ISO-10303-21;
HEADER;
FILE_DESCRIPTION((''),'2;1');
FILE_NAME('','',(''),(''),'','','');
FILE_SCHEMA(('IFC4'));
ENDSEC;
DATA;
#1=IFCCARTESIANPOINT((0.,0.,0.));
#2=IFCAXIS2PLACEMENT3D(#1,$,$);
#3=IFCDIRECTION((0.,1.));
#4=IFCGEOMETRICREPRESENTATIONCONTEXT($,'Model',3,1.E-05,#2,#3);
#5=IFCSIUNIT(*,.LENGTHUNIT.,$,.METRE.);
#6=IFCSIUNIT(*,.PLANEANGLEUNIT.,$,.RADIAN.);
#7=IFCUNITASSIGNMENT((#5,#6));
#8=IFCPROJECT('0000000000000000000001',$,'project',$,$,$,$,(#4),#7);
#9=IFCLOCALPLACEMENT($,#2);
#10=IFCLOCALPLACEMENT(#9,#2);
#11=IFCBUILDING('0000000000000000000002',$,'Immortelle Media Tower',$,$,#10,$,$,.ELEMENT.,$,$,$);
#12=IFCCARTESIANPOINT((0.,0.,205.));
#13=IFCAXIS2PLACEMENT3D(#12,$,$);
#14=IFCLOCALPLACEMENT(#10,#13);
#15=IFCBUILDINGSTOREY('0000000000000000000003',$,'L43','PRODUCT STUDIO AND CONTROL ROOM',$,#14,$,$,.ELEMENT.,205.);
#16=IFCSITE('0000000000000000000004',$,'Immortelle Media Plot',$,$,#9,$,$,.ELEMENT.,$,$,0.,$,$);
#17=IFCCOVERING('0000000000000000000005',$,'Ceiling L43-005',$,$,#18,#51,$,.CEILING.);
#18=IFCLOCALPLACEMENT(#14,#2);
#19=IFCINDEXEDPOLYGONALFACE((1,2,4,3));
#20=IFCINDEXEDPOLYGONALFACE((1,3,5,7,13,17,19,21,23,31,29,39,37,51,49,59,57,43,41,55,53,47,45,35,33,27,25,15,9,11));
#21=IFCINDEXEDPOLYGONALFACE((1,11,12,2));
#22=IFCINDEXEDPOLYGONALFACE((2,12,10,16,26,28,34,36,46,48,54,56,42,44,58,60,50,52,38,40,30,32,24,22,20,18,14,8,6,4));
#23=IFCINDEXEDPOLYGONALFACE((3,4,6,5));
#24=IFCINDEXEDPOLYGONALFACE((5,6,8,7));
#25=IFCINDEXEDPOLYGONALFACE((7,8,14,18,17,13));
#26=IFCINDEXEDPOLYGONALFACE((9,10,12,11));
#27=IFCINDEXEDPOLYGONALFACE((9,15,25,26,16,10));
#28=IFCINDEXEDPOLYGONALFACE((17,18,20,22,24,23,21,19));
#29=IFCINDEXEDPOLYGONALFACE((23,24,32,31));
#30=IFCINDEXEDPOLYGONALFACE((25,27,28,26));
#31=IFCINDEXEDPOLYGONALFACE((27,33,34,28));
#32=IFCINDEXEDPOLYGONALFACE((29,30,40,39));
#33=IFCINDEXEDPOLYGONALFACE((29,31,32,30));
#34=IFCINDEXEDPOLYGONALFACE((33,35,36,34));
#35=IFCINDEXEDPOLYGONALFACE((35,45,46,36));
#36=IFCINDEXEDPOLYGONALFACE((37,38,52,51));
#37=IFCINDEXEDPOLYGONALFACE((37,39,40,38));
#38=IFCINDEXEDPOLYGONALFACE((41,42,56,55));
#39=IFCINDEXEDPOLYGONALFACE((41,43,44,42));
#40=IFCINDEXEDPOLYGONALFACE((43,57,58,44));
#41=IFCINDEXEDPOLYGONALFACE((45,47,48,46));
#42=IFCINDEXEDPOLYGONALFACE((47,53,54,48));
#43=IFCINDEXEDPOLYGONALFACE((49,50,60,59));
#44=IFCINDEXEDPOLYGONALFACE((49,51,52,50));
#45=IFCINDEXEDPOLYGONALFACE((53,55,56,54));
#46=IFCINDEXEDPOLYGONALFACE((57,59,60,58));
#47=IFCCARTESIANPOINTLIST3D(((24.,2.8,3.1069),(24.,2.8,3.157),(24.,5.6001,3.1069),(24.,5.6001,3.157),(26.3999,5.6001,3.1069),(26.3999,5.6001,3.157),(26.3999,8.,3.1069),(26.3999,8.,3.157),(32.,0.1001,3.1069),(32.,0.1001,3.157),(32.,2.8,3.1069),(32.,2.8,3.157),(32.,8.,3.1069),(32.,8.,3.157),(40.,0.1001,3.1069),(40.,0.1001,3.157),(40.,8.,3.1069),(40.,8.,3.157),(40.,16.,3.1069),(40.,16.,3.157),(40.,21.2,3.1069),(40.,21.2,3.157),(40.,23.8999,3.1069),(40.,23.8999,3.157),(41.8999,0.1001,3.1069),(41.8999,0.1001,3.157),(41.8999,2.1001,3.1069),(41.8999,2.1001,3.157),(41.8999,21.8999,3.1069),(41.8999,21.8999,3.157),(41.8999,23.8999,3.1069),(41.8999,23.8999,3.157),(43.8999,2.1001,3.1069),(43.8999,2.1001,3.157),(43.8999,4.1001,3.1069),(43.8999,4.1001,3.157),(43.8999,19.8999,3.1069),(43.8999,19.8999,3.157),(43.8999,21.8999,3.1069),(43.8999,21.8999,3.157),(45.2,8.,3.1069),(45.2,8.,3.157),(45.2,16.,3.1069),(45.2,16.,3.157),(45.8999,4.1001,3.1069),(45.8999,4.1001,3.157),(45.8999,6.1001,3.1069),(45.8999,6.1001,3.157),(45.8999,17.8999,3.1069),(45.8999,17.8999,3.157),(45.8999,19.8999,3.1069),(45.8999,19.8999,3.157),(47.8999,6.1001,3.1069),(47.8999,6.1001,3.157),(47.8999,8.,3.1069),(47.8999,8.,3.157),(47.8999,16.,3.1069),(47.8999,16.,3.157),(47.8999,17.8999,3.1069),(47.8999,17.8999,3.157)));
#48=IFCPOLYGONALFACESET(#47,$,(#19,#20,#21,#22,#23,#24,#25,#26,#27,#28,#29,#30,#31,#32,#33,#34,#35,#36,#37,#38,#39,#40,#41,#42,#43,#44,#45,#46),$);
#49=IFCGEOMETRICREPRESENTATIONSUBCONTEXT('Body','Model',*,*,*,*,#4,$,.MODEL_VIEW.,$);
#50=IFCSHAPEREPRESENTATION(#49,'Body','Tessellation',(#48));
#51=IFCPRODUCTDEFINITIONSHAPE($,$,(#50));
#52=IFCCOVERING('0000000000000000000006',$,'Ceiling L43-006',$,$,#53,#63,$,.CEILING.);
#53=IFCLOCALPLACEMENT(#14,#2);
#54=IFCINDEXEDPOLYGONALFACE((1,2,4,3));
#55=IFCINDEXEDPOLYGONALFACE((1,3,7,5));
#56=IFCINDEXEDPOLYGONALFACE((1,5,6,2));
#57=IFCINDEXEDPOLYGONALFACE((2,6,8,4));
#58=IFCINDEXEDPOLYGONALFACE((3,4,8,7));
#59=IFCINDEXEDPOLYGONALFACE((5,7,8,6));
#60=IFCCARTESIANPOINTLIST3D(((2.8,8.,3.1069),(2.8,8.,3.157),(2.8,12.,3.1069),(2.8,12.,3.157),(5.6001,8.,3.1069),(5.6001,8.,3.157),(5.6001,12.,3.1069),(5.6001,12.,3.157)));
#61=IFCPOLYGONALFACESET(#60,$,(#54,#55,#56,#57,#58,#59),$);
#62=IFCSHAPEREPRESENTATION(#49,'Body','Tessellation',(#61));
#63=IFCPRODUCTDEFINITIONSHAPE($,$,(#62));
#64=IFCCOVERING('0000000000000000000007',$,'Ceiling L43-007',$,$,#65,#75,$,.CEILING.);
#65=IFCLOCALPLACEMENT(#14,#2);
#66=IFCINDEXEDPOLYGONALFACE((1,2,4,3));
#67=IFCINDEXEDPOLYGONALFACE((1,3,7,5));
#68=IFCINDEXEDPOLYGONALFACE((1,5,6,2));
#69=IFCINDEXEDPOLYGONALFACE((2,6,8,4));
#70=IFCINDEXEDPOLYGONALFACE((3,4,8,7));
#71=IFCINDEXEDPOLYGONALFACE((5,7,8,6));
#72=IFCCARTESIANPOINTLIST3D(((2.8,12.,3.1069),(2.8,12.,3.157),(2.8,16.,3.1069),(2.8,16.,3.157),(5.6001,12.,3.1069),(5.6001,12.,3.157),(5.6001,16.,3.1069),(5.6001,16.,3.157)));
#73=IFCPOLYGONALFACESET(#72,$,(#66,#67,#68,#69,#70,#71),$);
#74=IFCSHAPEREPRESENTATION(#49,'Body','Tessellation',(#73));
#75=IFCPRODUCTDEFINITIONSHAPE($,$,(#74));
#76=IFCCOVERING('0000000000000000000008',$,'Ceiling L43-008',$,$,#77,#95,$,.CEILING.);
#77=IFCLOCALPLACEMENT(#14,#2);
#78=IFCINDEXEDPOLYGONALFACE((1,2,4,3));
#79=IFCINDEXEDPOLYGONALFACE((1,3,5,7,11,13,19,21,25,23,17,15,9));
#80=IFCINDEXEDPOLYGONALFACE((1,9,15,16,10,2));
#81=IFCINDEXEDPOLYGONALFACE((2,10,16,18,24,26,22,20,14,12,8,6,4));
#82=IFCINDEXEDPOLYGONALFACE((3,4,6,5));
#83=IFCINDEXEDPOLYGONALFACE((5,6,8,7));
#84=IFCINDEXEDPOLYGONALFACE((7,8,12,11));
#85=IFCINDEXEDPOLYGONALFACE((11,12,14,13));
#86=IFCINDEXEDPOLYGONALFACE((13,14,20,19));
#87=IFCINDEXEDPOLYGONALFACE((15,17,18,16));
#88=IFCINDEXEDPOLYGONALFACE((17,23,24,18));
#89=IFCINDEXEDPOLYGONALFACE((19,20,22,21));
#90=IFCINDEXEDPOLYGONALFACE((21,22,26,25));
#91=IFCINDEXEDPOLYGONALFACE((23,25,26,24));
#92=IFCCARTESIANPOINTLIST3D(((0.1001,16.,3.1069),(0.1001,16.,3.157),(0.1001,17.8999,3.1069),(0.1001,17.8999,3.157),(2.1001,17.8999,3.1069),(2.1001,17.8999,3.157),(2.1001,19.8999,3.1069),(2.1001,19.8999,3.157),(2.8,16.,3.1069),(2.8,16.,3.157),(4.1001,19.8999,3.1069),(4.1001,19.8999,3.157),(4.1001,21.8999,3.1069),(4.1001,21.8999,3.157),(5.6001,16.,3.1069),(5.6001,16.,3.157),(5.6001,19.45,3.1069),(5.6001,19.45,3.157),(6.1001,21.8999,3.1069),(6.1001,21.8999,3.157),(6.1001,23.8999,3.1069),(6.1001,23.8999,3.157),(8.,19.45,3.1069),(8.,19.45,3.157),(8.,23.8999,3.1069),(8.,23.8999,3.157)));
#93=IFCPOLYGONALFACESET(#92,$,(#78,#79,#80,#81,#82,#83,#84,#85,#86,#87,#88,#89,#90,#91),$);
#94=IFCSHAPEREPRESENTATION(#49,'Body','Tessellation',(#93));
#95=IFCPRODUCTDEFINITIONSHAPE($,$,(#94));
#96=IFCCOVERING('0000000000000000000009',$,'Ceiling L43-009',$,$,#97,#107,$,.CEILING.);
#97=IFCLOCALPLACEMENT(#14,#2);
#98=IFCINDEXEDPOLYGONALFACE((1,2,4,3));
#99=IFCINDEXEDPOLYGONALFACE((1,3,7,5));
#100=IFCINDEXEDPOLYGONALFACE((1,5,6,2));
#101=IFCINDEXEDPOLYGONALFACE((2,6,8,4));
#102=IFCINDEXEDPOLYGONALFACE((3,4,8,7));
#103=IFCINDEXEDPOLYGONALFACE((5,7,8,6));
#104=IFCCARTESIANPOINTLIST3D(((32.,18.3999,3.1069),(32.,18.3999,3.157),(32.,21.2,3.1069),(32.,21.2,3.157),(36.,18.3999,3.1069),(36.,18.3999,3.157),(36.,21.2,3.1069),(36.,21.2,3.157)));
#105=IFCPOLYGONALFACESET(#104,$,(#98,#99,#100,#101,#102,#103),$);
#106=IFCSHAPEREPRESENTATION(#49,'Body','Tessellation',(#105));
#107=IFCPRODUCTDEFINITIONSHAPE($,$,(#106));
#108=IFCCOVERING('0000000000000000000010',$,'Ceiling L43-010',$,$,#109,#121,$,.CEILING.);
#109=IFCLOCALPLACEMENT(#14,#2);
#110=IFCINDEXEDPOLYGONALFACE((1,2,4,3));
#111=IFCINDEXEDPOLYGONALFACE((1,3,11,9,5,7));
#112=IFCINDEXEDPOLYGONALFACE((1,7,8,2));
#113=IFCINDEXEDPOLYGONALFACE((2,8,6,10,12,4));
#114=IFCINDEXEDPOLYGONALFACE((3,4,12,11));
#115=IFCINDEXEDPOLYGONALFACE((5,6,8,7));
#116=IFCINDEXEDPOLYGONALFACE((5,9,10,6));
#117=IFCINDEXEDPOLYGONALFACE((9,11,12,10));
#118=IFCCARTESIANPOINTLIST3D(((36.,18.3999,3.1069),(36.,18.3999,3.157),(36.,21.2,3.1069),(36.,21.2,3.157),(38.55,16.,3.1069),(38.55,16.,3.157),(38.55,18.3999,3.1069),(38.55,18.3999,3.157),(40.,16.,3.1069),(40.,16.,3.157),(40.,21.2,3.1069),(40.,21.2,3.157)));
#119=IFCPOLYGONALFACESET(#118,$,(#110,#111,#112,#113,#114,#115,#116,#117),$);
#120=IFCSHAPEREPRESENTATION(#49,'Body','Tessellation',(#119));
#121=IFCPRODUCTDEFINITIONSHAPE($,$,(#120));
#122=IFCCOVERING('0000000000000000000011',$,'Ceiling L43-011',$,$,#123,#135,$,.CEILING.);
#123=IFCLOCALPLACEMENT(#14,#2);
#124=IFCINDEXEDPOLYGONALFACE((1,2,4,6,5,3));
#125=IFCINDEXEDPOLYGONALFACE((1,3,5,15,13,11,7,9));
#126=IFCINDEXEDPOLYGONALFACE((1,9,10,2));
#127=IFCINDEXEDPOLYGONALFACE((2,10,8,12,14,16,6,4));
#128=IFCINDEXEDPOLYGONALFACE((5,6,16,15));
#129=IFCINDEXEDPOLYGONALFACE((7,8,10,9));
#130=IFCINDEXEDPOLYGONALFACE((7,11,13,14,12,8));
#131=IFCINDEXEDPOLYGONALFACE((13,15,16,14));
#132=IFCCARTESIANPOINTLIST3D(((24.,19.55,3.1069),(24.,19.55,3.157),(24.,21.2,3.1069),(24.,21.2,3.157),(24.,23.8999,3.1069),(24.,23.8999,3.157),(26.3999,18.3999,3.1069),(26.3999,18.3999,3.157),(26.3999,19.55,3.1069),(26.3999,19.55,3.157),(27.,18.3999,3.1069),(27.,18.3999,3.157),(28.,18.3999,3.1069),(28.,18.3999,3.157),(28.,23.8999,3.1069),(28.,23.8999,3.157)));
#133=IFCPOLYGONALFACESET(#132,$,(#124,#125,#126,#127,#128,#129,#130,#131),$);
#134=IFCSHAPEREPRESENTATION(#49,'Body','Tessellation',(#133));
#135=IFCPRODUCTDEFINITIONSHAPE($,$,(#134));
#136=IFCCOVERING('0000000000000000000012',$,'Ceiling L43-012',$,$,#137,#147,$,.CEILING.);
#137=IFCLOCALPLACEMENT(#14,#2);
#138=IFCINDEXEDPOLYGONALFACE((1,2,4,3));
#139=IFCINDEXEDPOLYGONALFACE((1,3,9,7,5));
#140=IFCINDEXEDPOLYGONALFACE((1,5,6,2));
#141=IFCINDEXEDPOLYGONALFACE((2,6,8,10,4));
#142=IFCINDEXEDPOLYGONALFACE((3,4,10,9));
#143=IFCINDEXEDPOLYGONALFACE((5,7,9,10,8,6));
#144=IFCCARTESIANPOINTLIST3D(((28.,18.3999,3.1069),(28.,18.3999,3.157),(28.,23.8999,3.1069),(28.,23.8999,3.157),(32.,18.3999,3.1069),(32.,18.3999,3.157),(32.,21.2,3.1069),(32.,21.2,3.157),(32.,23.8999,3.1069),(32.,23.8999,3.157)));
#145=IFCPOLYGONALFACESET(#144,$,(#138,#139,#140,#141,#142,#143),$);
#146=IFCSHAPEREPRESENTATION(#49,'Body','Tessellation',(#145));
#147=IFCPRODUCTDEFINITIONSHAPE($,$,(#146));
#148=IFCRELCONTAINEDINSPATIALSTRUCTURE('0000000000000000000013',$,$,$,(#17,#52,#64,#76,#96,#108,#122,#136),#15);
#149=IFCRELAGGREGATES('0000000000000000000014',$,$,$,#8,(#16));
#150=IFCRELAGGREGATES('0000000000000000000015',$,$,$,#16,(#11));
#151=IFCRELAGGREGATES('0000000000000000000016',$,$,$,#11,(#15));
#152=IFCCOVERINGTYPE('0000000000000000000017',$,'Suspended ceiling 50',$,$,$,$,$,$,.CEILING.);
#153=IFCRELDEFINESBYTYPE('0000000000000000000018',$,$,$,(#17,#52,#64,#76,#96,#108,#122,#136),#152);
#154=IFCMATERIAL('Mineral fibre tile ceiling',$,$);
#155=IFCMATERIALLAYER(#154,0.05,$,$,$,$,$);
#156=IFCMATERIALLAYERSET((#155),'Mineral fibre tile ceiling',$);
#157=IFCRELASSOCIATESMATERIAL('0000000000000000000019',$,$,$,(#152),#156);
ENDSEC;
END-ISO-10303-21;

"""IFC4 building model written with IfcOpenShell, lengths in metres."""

from ifc_helpers import new_model, si_unit, direction, frame, origin, place, context, subcontext, project, spatial, polyline, outline, extrude, material, layer, layer_set, type_object, element, save


model = new_model("IFC4")

# Units and contexts
model_context = context("Model", 3, precision=1e-05, world=origin(), true_north=direction((0.0, 1.0)))
body_context = subcontext(model_context, "Body", "Model", "MODEL_VIEW")
ifc_project = project(units=[si_unit("LENGTHUNIT", "METRE"), si_unit("PLANEANGLEUNIT", "RADIAN")], contexts=[model_context])

# Site, building, storey
site_placement = place(None, origin())
site = spatial("IfcSite", under=ifc_project, at=site_placement, Name="Immortelle Media Plot", CompositionType="ELEMENT", RefElevation=0.0)
building_placement = place(site_placement, origin())
building = spatial("IfcBuilding", under=site, at=building_placement, Name="Immortelle Media Tower", CompositionType="ELEMENT")
storey_placement = place(building_placement, frame((0.0, 0.0, 205.0)))
storey = spatial("IfcBuildingStorey", under=building, at=storey_placement, Name="L43", Description="PRODUCT STUDIO AND CONTROL ROOM", CompositionType="ELEMENT", Elevation=205.0)

# Coverings
ifc_material_1 = material(Name="Mineral fibre tile ceiling")
ifc_layer_1 = layer(ifc_material_1, 0.05)
ifc_layer_set_1 = layer_set([ifc_layer_1], Name="Mineral fibre tile ceiling")
covering_type = type_object("IfcCoveringType", Name="Suspended ceiling 50", PredefinedType="CEILING", material=ifc_layer_set_1)
covering_1_placement = place(storey_placement, frame((0.0, 0.0, 3.1069)))
element("IfcCovering", 1, at=covering_1_placement, inside=storey, type_object=covering_type, Name="Ceiling L43-005", PredefinedType="CEILING", context=body_context, shape_type="SweptSolid", body=[
    extrude(outline(polyline([(26.3999, 5.6001), (26.3999, 8.0), (32.0, 8.0), (40.0, 8.0), (40.0, 16.0), (40.0, 21.2), (40.0, 23.8999), (41.8999, 23.8999), (41.8999, 21.8999), (43.8999, 21.8999), (43.8999, 19.8999), (45.8999, 19.8999), (45.8999, 17.8999), (47.8999, 17.8999), (47.8999, 16.0), (45.2, 16.0), (45.2, 8.0), (47.8999, 8.0), (47.8999, 6.1001), (45.8999, 6.1001), (45.8999, 4.1001), (43.8999, 4.1001), (43.8999, 2.1001), (41.8999, 2.1001), (41.8999, 0.1001), (40.0, 0.1001), (32.0, 0.1001), (32.0, 2.8), (24.0, 2.8), (24.0, 5.6001), (26.3999, 5.6001)])), origin(), (0.0, 0.0, 1.0), 0.05),
])
covering_2_placement = place(storey_placement, frame((0.0, 0.0, 3.1069)))
element("IfcCovering", 2, at=covering_2_placement, inside=storey, type_object=covering_type, Name="Ceiling L43-006", PredefinedType="CEILING", context=body_context, shape_type="SweptSolid", body=[
    extrude(outline(polyline([(2.8, 8.0), (2.8, 12.0), (5.6001, 12.0), (5.6001, 8.0), (2.8, 8.0)])), origin(), (0.0, 0.0, 1.0), 0.05),
])
covering_3_placement = place(storey_placement, frame((0.0, 0.0, 3.1069)))
element("IfcCovering", 3, at=covering_3_placement, inside=storey, type_object=covering_type, Name="Ceiling L43-007", PredefinedType="CEILING", context=body_context, shape_type="SweptSolid", body=[
    extrude(outline(polyline([(2.8, 16.0), (5.6001, 16.0), (5.6001, 12.0), (2.8, 12.0), (2.8, 16.0)])), origin(), (0.0, 0.0, 1.0), 0.05),
])
covering_4_placement = place(storey_placement, frame((0.0, 0.0, 3.1069)))
element("IfcCovering", 4, at=covering_4_placement, inside=storey, type_object=covering_type, Name="Ceiling L43-008", PredefinedType="CEILING", context=body_context, shape_type="SweptSolid", body=[
    extrude(outline(polyline([(5.6001, 19.45), (5.6001, 16.0), (2.8, 16.0), (0.1001, 16.0), (0.1001, 17.8999), (2.1001, 17.8999), (2.1001, 19.8999), (4.1001, 19.8999), (4.1001, 21.8999), (6.1001, 21.8999), (6.1001, 23.8999), (8.0, 23.8999), (8.0, 19.45), (5.6001, 19.45)])), origin(), (0.0, 0.0, 1.0), 0.05),
])
covering_5_placement = place(storey_placement, frame((0.0, 0.0, 3.1069)))
element("IfcCovering", 5, at=covering_5_placement, inside=storey, type_object=covering_type, Name="Ceiling L43-009", PredefinedType="CEILING", context=body_context, shape_type="SweptSolid", body=[
    extrude(outline(polyline([(32.0, 18.3999), (32.0, 21.2), (36.0, 21.2), (36.0, 18.3999), (32.0, 18.3999)])), origin(), (0.0, 0.0, 1.0), 0.05),
])
covering_6_placement = place(storey_placement, frame((0.0, 0.0, 3.1069)))
element("IfcCovering", 6, at=covering_6_placement, inside=storey, type_object=covering_type, Name="Ceiling L43-010", PredefinedType="CEILING", context=body_context, shape_type="SweptSolid", body=[
    extrude(outline(polyline([(38.55, 18.3999), (36.0, 18.3999), (36.0, 21.2), (40.0, 21.2), (40.0, 16.0), (38.55, 16.0), (38.55, 18.3999)])), origin(), (0.0, 0.0, 1.0), 0.05),
])
covering_7_placement = place(storey_placement, frame((0.0, 0.0, 3.1069)))
element("IfcCovering", 7, at=covering_7_placement, inside=storey, type_object=covering_type, Name="Ceiling L43-011", PredefinedType="CEILING", context=body_context, shape_type="SweptSolid", body=[
    extrude(outline(polyline([(26.3999, 18.3999), (26.3999, 19.55), (24.0, 19.55), (24.0, 21.2), (24.0, 23.8999), (28.0, 23.8999), (28.0, 18.3999), (27.0, 18.3999), (26.3999, 18.3999)])), origin(), (0.0, 0.0, 1.0), 0.05),
])
covering_8_placement = place(storey_placement, frame((0.0, 0.0, 3.1069)))
element("IfcCovering", 8, at=covering_8_placement, inside=storey, type_object=covering_type, Name="Ceiling L43-012", PredefinedType="CEILING", context=body_context, shape_type="SweptSolid", body=[
    extrude(outline(polyline([(32.0, 23.8999), (32.0, 21.2), (32.0, 18.3999), (28.0, 18.3999), (28.0, 23.8999), (32.0, 23.8999)])), origin(), (0.0, 0.0, 1.0), 0.05),
])

save(model, "model.ifc")
